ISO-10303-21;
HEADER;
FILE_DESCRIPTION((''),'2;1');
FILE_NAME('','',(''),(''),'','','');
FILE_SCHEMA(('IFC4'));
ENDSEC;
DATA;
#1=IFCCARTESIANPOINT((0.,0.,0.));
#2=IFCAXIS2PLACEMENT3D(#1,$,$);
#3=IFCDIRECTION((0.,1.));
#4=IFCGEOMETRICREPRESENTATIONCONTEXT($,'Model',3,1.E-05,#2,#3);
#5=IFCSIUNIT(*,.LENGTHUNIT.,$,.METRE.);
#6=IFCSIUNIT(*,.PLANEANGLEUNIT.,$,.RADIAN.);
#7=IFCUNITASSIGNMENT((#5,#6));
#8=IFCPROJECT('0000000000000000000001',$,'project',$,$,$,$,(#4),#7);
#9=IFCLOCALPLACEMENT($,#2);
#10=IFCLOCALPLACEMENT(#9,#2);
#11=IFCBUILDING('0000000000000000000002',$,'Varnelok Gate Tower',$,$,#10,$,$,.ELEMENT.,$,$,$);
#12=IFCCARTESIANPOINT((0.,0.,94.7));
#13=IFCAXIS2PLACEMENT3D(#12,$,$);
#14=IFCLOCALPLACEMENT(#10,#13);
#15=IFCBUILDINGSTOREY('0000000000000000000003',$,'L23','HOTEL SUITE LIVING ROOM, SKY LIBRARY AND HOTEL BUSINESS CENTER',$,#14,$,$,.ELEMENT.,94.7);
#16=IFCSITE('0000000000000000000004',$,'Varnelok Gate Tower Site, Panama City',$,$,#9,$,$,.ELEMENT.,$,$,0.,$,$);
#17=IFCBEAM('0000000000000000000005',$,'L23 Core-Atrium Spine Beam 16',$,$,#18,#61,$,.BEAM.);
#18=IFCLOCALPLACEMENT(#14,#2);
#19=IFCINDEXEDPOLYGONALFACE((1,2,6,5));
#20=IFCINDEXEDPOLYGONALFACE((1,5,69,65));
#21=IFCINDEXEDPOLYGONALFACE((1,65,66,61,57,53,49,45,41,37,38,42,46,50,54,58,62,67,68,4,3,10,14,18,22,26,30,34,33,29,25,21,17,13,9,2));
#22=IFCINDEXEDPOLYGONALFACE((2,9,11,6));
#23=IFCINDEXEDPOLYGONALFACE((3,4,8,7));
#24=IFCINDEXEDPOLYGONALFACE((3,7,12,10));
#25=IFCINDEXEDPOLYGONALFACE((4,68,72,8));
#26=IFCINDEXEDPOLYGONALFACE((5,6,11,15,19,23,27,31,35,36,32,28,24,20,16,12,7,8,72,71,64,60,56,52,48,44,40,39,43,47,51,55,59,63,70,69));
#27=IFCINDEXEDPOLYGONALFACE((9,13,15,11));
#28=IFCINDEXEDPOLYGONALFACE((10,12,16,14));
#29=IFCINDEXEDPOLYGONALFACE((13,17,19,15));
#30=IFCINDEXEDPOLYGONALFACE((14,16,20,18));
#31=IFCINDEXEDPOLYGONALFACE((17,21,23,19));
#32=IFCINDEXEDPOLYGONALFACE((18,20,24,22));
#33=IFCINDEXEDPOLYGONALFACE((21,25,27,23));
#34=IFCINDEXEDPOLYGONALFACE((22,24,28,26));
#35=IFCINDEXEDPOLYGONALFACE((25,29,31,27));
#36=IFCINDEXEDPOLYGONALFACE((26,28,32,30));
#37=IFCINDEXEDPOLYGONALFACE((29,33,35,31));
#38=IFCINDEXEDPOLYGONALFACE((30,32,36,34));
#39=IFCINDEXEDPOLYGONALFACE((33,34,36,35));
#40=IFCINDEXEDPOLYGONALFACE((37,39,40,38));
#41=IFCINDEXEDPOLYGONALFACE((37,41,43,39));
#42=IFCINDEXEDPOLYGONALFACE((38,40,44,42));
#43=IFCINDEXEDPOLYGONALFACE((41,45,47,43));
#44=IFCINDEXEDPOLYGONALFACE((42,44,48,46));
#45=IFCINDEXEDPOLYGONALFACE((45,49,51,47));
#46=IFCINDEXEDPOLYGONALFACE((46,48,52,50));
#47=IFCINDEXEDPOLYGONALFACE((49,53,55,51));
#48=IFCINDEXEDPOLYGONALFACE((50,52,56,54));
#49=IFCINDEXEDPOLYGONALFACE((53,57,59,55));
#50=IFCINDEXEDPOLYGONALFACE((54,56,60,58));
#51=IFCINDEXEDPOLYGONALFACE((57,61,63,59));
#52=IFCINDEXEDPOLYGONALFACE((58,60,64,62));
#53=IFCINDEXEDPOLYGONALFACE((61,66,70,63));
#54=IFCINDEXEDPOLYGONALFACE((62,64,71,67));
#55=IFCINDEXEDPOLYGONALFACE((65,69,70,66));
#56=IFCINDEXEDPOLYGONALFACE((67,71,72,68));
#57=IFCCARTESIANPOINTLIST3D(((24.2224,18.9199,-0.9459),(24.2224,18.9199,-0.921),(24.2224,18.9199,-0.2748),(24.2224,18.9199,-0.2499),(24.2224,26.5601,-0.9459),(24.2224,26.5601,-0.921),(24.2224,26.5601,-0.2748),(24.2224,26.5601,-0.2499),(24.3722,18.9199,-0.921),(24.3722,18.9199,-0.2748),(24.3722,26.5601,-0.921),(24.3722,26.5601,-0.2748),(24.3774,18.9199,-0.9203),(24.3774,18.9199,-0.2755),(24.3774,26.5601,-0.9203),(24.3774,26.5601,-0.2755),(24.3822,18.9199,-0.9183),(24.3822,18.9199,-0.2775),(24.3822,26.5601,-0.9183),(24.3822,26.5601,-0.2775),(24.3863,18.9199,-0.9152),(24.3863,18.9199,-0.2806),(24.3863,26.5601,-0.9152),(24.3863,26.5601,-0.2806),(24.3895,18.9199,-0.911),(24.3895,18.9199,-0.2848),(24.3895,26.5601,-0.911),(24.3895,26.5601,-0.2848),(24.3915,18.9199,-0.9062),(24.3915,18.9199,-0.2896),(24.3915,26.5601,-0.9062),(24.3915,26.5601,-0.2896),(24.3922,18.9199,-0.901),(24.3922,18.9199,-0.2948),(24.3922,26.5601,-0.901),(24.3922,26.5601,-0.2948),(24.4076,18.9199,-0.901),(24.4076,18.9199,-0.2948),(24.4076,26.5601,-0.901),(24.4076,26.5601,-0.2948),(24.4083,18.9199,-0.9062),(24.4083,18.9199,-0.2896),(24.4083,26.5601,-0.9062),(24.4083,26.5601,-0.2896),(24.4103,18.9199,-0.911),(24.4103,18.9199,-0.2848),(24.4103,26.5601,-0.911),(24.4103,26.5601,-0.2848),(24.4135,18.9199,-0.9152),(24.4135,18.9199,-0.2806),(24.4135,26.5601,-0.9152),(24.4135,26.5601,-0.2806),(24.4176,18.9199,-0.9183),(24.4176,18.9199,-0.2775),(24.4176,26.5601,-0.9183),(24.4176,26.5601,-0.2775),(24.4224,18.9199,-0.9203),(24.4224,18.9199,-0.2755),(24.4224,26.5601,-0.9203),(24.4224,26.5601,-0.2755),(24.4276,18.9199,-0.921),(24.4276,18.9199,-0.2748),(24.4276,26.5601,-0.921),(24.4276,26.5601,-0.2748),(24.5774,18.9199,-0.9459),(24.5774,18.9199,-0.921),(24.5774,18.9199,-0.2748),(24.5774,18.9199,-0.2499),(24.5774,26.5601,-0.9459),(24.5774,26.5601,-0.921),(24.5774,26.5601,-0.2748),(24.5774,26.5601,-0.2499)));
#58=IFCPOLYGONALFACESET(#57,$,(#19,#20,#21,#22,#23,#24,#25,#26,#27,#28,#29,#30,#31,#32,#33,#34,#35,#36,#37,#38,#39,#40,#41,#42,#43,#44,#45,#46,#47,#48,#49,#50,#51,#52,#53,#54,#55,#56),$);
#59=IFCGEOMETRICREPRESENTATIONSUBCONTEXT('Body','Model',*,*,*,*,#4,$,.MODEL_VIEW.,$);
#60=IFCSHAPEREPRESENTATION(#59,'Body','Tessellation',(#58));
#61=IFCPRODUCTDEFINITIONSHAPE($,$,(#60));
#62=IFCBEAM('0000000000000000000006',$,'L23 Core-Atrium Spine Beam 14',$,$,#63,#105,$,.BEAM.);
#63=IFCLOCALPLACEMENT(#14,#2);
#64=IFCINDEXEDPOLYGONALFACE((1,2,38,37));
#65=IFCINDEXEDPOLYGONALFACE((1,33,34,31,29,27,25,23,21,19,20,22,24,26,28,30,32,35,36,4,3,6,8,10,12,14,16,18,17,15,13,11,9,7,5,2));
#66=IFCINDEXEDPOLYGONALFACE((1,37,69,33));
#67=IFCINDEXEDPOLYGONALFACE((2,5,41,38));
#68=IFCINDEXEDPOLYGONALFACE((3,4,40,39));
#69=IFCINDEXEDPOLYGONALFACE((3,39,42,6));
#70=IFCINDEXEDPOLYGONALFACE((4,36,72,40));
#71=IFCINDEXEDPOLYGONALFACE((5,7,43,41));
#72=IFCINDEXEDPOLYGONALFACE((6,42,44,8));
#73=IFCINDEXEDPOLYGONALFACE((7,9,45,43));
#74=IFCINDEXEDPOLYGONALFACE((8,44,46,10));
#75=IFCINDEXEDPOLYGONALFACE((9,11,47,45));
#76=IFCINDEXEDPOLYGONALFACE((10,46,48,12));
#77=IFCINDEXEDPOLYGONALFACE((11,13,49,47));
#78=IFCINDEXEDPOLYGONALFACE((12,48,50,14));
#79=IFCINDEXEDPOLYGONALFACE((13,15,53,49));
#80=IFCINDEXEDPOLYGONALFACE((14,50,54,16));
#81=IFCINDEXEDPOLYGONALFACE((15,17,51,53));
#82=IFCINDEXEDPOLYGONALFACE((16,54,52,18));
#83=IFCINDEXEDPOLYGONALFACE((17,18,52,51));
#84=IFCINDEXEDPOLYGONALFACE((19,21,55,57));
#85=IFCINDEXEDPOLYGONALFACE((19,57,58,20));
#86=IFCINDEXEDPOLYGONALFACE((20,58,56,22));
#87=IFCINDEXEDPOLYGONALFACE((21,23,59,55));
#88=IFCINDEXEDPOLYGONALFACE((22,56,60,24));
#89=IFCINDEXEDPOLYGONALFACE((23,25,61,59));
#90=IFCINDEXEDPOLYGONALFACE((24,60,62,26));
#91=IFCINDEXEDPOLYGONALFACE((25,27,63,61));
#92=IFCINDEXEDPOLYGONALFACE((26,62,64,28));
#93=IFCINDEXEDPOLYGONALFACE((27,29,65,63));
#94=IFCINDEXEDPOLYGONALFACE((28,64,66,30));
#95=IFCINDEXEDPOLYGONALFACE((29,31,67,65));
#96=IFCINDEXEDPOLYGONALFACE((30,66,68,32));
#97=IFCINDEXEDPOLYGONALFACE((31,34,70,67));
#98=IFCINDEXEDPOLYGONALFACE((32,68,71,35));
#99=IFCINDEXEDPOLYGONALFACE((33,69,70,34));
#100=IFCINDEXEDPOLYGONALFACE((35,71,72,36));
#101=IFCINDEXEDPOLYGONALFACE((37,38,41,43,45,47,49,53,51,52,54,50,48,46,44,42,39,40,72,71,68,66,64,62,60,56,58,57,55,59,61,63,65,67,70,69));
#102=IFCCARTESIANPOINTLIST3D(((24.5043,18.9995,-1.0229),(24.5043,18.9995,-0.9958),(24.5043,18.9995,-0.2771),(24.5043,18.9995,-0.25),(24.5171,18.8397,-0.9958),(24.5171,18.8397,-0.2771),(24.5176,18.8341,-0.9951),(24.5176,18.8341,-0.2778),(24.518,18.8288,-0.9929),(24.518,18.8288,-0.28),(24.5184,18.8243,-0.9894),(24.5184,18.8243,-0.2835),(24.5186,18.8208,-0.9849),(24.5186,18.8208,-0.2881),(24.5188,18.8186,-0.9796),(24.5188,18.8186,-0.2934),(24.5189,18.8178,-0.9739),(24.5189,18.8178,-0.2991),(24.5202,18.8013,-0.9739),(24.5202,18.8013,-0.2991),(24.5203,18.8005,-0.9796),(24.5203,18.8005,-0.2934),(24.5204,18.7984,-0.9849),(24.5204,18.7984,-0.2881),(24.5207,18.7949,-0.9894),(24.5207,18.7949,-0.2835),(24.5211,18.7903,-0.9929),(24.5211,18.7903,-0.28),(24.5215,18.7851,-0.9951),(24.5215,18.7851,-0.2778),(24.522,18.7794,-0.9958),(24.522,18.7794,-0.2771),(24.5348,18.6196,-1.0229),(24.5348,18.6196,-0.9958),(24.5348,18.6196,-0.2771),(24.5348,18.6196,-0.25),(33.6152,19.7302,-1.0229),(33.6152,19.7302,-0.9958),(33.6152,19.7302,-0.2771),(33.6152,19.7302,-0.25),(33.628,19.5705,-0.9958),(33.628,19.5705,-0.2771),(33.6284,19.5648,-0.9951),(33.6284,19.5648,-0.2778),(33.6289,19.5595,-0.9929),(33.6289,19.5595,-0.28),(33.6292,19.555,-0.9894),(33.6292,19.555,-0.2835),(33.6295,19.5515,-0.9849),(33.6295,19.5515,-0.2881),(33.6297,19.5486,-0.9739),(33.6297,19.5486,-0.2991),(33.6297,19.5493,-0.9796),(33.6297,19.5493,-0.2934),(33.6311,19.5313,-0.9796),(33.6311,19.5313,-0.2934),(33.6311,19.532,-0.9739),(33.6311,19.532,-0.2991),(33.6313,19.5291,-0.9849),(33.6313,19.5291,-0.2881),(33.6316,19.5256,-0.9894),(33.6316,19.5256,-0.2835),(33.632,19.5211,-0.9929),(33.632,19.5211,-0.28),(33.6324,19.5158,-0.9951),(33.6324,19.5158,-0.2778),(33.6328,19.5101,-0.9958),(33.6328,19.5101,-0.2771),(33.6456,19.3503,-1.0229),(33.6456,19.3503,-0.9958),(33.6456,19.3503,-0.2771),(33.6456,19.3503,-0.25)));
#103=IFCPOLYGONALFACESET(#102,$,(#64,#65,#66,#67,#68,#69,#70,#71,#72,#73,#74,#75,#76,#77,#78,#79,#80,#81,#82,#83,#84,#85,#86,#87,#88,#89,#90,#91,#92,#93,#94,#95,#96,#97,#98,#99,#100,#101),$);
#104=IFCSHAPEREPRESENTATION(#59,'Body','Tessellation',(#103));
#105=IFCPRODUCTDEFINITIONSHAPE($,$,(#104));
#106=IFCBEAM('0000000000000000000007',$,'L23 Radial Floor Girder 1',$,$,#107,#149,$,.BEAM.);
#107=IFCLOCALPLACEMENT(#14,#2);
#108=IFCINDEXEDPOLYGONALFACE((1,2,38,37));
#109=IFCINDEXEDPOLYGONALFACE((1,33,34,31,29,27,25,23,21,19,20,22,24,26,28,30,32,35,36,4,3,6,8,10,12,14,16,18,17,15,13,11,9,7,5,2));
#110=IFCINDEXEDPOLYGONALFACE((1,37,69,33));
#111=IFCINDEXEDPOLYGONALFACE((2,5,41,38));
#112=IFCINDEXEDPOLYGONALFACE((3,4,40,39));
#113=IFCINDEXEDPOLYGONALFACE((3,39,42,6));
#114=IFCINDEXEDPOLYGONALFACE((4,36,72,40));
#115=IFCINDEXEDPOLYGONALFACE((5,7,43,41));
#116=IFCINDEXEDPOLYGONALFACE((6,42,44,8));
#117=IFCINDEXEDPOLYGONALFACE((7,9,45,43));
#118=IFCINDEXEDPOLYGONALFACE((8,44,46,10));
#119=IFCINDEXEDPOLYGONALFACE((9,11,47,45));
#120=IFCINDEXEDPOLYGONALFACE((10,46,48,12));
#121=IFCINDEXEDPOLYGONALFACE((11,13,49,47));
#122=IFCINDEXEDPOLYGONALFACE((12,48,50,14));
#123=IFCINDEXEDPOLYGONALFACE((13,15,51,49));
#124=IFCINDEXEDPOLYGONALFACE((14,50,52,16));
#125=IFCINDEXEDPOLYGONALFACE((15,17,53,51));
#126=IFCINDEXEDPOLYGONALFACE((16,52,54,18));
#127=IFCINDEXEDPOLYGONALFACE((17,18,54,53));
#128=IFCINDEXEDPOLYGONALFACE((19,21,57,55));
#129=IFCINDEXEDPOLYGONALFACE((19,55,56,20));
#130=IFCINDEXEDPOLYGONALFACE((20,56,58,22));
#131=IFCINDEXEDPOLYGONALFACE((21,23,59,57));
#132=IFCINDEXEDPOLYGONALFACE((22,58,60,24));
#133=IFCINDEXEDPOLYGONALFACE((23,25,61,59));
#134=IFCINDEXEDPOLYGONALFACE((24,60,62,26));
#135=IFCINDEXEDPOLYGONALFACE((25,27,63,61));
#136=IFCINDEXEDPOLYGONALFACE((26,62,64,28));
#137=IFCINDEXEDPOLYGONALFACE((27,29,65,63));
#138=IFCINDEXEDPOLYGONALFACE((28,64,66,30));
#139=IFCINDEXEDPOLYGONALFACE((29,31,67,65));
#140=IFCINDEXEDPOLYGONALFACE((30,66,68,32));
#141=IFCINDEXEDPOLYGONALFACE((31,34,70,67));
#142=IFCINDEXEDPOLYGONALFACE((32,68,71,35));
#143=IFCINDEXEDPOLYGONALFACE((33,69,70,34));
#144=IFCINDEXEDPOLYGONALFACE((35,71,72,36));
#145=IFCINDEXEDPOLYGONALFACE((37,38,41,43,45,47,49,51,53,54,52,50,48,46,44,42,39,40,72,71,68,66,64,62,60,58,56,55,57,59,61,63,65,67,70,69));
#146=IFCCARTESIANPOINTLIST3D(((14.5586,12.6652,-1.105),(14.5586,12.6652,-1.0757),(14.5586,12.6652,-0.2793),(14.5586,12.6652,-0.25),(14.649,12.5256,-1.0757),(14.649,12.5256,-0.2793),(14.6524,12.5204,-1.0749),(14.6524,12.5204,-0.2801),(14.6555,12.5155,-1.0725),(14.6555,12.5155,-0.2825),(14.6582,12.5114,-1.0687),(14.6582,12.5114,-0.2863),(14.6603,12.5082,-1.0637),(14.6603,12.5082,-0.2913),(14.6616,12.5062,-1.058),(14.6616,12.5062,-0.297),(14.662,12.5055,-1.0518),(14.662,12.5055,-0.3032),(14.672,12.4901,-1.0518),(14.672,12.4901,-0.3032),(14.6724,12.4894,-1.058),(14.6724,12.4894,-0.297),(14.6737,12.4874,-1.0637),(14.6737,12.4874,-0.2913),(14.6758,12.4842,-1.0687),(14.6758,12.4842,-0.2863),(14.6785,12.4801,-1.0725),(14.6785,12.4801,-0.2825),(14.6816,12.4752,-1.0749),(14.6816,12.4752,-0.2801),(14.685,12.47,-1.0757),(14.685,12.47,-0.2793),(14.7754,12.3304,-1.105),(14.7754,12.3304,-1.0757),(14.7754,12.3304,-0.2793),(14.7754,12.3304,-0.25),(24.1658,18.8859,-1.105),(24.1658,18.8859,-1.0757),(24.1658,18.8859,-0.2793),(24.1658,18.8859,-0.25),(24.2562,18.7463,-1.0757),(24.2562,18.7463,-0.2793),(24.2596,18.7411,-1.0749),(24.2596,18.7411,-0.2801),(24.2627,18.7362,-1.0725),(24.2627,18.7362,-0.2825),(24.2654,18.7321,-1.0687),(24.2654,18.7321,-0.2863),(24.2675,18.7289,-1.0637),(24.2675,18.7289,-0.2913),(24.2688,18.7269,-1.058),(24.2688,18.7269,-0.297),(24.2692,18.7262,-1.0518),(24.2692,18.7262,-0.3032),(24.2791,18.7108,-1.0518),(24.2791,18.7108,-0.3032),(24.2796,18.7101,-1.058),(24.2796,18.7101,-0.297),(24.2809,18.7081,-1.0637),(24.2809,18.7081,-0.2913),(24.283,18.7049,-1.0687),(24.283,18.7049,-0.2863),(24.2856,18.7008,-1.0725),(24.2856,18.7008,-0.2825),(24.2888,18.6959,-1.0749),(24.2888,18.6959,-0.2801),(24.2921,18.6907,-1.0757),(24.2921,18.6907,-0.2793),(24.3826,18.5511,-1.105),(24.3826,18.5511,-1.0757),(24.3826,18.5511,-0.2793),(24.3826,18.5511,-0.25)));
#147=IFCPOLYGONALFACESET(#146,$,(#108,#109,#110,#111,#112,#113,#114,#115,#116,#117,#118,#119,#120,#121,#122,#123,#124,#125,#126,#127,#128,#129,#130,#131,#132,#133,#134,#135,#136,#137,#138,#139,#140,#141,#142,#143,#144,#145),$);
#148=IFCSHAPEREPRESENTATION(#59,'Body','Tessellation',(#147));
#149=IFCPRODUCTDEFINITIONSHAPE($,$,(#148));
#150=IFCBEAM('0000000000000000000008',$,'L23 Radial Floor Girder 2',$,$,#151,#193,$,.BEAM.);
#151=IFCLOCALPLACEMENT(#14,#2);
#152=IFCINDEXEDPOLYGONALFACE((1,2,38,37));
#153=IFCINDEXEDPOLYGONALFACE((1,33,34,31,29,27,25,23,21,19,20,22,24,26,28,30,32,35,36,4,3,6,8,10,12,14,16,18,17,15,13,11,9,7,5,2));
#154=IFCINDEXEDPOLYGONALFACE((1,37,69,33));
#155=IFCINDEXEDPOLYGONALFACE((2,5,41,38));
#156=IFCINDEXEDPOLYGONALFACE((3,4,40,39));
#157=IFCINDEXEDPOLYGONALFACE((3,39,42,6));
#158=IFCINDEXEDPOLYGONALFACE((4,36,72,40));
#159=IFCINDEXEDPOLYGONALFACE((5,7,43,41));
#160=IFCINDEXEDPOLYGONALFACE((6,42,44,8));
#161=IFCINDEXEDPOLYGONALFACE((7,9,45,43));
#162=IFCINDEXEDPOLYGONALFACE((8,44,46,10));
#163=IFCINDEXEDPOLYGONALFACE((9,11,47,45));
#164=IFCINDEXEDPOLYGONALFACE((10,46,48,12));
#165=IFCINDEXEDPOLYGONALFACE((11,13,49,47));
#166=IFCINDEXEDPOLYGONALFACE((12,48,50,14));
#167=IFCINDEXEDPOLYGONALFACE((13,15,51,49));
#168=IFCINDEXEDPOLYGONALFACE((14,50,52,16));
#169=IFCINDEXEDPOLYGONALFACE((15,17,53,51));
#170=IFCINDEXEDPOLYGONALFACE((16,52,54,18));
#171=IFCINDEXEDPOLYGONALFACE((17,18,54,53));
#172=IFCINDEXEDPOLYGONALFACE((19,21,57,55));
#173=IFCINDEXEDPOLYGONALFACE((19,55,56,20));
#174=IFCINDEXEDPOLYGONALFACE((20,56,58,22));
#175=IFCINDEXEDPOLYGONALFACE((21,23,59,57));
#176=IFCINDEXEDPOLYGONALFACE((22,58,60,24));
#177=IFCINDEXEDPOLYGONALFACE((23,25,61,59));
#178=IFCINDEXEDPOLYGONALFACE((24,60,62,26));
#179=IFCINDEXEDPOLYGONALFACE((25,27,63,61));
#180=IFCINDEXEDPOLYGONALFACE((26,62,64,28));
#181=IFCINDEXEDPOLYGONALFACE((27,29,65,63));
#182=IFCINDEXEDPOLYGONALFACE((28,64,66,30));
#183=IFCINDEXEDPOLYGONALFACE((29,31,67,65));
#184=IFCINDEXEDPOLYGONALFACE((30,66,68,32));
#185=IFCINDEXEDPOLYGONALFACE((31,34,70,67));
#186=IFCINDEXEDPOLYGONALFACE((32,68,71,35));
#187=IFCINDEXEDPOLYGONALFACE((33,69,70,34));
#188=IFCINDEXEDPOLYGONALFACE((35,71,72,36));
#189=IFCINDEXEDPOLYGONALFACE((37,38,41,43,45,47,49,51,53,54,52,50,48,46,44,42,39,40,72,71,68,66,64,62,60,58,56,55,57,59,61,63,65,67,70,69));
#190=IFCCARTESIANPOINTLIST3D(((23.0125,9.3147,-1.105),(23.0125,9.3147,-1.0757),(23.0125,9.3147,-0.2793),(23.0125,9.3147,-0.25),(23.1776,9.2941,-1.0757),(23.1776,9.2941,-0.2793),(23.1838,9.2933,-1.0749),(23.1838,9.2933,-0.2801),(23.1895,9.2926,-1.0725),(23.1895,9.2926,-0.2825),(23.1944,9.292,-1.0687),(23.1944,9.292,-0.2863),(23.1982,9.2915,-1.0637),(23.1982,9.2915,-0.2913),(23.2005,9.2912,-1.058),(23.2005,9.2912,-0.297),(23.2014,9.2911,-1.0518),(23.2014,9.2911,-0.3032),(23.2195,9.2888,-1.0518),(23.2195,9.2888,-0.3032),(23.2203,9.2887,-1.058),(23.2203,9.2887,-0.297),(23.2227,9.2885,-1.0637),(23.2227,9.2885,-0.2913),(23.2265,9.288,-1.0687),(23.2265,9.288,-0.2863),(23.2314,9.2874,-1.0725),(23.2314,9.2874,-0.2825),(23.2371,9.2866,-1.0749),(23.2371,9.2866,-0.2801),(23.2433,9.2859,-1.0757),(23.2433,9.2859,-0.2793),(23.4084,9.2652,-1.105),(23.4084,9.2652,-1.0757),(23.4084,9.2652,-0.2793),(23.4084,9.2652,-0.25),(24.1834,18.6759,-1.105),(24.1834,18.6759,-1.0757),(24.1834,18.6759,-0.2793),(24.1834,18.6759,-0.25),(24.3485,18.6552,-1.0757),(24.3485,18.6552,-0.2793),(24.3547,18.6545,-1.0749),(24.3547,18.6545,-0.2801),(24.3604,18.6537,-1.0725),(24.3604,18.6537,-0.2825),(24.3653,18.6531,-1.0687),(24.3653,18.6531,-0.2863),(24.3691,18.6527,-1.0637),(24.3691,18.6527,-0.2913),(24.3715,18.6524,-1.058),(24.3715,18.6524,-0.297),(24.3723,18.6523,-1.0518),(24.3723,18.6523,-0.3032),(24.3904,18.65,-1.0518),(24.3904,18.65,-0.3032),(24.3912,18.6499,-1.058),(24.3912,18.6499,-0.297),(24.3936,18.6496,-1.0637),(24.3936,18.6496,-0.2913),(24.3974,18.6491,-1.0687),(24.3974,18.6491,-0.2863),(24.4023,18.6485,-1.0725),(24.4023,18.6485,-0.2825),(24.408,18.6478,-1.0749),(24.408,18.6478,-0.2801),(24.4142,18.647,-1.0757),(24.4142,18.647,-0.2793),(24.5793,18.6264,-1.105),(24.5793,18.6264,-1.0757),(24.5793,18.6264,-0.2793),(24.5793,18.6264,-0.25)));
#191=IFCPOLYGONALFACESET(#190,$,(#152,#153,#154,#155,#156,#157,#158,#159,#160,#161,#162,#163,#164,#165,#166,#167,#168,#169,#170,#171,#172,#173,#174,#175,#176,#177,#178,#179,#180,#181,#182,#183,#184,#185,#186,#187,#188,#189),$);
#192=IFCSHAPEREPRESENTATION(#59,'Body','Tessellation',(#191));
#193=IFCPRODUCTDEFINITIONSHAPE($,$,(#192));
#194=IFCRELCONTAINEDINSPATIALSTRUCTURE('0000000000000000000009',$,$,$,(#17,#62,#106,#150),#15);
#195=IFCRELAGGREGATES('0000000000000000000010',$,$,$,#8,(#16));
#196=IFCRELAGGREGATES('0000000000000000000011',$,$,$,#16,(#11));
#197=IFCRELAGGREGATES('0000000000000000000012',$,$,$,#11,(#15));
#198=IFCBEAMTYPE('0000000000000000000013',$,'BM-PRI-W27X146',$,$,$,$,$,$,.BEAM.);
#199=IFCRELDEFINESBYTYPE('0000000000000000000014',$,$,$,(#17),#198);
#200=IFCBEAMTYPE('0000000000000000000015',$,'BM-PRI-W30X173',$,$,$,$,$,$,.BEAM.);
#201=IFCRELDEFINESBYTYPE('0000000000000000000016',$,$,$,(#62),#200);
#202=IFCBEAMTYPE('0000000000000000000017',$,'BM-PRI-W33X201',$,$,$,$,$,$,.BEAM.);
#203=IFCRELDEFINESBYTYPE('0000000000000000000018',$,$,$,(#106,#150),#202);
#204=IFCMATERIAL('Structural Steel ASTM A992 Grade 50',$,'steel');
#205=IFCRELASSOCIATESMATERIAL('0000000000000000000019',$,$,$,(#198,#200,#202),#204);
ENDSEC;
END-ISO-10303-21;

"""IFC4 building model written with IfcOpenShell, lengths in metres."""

from ifc_helpers import new_model, si_unit, direction, frame, origin, origin_2d, place, context, subcontext, project, spatial, i_section, extrude, material, material_profile, profile_set, type_object, element, save


model = new_model("IFC4")

# Units and contexts
model_context = context("Model", 3, precision=1e-05, world=origin(), true_north=direction((0.0, 1.0)))
body_context = subcontext(model_context, "Body", "Model", "MODEL_VIEW")
ifc_project = project(units=[si_unit("LENGTHUNIT", "METRE"), si_unit("PLANEANGLEUNIT", "RADIAN")], contexts=[model_context])

# Site, building, storey
site_placement = place(None, origin())
site = spatial("IfcSite", under=ifc_project, at=site_placement, Name="Varnelok Gate Tower Site, Panama City", CompositionType="ELEMENT", RefElevation=0.0)
building_placement = place(site_placement, origin())
building = spatial("IfcBuilding", under=site, at=building_placement, Name="Varnelok Gate Tower", CompositionType="ELEMENT")
storey_placement = place(building_placement, frame((0.0, 0.0, 94.7)))
storey = spatial("IfcBuildingStorey", under=building, at=storey_placement, Name="L23", Description="HOTEL SUITE LIVING ROOM, SKY LIBRARY AND HOTEL BUSINESS CENTER", CompositionType="ELEMENT", Elevation=94.7)

# Shared definitions
ifc_material_1 = material(Name="Structural Steel ASTM A992 Grade 50", Category="steel")

# Beams
ifc_material_profile_1 = material_profile(ifc_material_1, i_section(OverallWidth=0.355, OverallDepth=0.696, WebThickness=0.0154, FlangeThickness=0.0249, FilletRadius=0.02, at=origin_2d()), Name="W27X146")
ifc_profile_set_1 = profile_set([ifc_material_profile_1], Name="Structural Steel ASTM A992 Grade 50")
beam_type_1 = type_object("IfcBeamType", Name="BM-PRI-W27X146", PredefinedType="BEAM", material=ifc_profile_set_1)
beam_1_placement = place(storey_placement, frame((24.3999, 18.9199, -0.5979), z_axis=(0.0, 1.0, 0.0), x_axis=(-1.0, 0.0, 0.0)))
element("IfcBeam", 1, at=beam_1_placement, inside=storey, type_object=beam_type_1, Name="L23 Core-Atrium Spine Beam 16", PredefinedType="BEAM", context=body_context, shape_type="SweptSolid", body=[
    extrude(i_section(OverallWidth=0.355, OverallDepth=0.696, WebThickness=0.0154, FlangeThickness=0.0249, FilletRadius=0.02, at=origin_2d()), origin(), (0.0, 0.0, 1.0), 7.6401),
])
ifc_material_profile_2 = material_profile(ifc_material_1, i_section(OverallWidth=0.3811, OverallDepth=0.7729, WebThickness=0.0166, FlangeThickness=0.0271, FilletRadius=0.022, at=origin_2d()), Name="W30X173")
ifc_profile_set_2 = profile_set([ifc_material_profile_2], Name="Structural Steel ASTM A992 Grade 50")
beam_type_2 = type_object("IfcBeamType", Name="BM-PRI-W30X173", PredefinedType="BEAM", material=ifc_profile_set_2)
beam_2_placement = place(storey_placement, frame((24.5195, 18.8096, -0.6365), z_axis=(0.996799, 0.079946, 0.0), x_axis=(-0.079946, 0.996799, 0.0)))
element("IfcBeam", 2, at=beam_2_placement, inside=storey, type_object=beam_type_2, Name="L23 Core-Atrium Spine Beam 14", PredefinedType="BEAM", context=body_context, shape_type="SweptSolid", body=[
    extrude(i_section(OverallWidth=0.3811, OverallDepth=0.7729, WebThickness=0.0166, FlangeThickness=0.0271, FilletRadius=0.022, at=origin_2d()), origin(), (0.0, 0.0, 1.0), 9.1401),
])
ifc_material_profile_3 = material_profile(ifc_material_1, i_section(OverallWidth=0.3989, OverallDepth=0.855, WebThickness=0.0183, FlangeThickness=0.0293, FilletRadius=0.0239, at=origin_2d()), Name="W33X201")
ifc_profile_set_3 = profile_set([ifc_material_profile_3], Name="Structural Steel ASTM A992 Grade 50")
beam_type_3 = type_object("IfcBeamType", Name="BM-PRI-W33X201", PredefinedType="BEAM", material=ifc_profile_set_3)
beam_3_placement = place(storey_placement, frame((24.2742, 18.7185, -0.6775), z_axis=(-0.839399, -0.543516, 0.0), x_axis=(0.543516, -0.839399, 0.0)))
element("IfcBeam", 3, at=beam_3_placement, inside=storey, type_object=beam_type_3, Name="L23 Radial Floor Girder 1", PredefinedType="BEAM", context=body_context, shape_type="SweptSolid", body=[
    extrude(i_section(OverallWidth=0.3989, OverallDepth=0.855, WebThickness=0.0183, FlangeThickness=0.0293, FilletRadius=0.0239, at=origin_2d()), origin(), (0.0, 0.0, 1.0), 11.4453),
])
beam_4_placement = place(storey_placement, frame((24.3813, 18.6511, -0.6775), z_axis=(-0.124114, -0.992268, 0.0), x_axis=(0.992268, -0.124114, 0.0)))
element("IfcBeam", 4, at=beam_4_placement, inside=storey, type_object=beam_type_3, Name="L23 Radial Floor Girder 2", PredefinedType="BEAM", context=body_context, shape_type="SweptSolid", body=[
    extrude(i_section(OverallWidth=0.3989, OverallDepth=0.855, WebThickness=0.0183, FlangeThickness=0.0293, FilletRadius=0.0239, at=origin_2d()), origin(), (0.0, 0.0, 1.0), 9.4341),
])

save(model, "model.ifc")
